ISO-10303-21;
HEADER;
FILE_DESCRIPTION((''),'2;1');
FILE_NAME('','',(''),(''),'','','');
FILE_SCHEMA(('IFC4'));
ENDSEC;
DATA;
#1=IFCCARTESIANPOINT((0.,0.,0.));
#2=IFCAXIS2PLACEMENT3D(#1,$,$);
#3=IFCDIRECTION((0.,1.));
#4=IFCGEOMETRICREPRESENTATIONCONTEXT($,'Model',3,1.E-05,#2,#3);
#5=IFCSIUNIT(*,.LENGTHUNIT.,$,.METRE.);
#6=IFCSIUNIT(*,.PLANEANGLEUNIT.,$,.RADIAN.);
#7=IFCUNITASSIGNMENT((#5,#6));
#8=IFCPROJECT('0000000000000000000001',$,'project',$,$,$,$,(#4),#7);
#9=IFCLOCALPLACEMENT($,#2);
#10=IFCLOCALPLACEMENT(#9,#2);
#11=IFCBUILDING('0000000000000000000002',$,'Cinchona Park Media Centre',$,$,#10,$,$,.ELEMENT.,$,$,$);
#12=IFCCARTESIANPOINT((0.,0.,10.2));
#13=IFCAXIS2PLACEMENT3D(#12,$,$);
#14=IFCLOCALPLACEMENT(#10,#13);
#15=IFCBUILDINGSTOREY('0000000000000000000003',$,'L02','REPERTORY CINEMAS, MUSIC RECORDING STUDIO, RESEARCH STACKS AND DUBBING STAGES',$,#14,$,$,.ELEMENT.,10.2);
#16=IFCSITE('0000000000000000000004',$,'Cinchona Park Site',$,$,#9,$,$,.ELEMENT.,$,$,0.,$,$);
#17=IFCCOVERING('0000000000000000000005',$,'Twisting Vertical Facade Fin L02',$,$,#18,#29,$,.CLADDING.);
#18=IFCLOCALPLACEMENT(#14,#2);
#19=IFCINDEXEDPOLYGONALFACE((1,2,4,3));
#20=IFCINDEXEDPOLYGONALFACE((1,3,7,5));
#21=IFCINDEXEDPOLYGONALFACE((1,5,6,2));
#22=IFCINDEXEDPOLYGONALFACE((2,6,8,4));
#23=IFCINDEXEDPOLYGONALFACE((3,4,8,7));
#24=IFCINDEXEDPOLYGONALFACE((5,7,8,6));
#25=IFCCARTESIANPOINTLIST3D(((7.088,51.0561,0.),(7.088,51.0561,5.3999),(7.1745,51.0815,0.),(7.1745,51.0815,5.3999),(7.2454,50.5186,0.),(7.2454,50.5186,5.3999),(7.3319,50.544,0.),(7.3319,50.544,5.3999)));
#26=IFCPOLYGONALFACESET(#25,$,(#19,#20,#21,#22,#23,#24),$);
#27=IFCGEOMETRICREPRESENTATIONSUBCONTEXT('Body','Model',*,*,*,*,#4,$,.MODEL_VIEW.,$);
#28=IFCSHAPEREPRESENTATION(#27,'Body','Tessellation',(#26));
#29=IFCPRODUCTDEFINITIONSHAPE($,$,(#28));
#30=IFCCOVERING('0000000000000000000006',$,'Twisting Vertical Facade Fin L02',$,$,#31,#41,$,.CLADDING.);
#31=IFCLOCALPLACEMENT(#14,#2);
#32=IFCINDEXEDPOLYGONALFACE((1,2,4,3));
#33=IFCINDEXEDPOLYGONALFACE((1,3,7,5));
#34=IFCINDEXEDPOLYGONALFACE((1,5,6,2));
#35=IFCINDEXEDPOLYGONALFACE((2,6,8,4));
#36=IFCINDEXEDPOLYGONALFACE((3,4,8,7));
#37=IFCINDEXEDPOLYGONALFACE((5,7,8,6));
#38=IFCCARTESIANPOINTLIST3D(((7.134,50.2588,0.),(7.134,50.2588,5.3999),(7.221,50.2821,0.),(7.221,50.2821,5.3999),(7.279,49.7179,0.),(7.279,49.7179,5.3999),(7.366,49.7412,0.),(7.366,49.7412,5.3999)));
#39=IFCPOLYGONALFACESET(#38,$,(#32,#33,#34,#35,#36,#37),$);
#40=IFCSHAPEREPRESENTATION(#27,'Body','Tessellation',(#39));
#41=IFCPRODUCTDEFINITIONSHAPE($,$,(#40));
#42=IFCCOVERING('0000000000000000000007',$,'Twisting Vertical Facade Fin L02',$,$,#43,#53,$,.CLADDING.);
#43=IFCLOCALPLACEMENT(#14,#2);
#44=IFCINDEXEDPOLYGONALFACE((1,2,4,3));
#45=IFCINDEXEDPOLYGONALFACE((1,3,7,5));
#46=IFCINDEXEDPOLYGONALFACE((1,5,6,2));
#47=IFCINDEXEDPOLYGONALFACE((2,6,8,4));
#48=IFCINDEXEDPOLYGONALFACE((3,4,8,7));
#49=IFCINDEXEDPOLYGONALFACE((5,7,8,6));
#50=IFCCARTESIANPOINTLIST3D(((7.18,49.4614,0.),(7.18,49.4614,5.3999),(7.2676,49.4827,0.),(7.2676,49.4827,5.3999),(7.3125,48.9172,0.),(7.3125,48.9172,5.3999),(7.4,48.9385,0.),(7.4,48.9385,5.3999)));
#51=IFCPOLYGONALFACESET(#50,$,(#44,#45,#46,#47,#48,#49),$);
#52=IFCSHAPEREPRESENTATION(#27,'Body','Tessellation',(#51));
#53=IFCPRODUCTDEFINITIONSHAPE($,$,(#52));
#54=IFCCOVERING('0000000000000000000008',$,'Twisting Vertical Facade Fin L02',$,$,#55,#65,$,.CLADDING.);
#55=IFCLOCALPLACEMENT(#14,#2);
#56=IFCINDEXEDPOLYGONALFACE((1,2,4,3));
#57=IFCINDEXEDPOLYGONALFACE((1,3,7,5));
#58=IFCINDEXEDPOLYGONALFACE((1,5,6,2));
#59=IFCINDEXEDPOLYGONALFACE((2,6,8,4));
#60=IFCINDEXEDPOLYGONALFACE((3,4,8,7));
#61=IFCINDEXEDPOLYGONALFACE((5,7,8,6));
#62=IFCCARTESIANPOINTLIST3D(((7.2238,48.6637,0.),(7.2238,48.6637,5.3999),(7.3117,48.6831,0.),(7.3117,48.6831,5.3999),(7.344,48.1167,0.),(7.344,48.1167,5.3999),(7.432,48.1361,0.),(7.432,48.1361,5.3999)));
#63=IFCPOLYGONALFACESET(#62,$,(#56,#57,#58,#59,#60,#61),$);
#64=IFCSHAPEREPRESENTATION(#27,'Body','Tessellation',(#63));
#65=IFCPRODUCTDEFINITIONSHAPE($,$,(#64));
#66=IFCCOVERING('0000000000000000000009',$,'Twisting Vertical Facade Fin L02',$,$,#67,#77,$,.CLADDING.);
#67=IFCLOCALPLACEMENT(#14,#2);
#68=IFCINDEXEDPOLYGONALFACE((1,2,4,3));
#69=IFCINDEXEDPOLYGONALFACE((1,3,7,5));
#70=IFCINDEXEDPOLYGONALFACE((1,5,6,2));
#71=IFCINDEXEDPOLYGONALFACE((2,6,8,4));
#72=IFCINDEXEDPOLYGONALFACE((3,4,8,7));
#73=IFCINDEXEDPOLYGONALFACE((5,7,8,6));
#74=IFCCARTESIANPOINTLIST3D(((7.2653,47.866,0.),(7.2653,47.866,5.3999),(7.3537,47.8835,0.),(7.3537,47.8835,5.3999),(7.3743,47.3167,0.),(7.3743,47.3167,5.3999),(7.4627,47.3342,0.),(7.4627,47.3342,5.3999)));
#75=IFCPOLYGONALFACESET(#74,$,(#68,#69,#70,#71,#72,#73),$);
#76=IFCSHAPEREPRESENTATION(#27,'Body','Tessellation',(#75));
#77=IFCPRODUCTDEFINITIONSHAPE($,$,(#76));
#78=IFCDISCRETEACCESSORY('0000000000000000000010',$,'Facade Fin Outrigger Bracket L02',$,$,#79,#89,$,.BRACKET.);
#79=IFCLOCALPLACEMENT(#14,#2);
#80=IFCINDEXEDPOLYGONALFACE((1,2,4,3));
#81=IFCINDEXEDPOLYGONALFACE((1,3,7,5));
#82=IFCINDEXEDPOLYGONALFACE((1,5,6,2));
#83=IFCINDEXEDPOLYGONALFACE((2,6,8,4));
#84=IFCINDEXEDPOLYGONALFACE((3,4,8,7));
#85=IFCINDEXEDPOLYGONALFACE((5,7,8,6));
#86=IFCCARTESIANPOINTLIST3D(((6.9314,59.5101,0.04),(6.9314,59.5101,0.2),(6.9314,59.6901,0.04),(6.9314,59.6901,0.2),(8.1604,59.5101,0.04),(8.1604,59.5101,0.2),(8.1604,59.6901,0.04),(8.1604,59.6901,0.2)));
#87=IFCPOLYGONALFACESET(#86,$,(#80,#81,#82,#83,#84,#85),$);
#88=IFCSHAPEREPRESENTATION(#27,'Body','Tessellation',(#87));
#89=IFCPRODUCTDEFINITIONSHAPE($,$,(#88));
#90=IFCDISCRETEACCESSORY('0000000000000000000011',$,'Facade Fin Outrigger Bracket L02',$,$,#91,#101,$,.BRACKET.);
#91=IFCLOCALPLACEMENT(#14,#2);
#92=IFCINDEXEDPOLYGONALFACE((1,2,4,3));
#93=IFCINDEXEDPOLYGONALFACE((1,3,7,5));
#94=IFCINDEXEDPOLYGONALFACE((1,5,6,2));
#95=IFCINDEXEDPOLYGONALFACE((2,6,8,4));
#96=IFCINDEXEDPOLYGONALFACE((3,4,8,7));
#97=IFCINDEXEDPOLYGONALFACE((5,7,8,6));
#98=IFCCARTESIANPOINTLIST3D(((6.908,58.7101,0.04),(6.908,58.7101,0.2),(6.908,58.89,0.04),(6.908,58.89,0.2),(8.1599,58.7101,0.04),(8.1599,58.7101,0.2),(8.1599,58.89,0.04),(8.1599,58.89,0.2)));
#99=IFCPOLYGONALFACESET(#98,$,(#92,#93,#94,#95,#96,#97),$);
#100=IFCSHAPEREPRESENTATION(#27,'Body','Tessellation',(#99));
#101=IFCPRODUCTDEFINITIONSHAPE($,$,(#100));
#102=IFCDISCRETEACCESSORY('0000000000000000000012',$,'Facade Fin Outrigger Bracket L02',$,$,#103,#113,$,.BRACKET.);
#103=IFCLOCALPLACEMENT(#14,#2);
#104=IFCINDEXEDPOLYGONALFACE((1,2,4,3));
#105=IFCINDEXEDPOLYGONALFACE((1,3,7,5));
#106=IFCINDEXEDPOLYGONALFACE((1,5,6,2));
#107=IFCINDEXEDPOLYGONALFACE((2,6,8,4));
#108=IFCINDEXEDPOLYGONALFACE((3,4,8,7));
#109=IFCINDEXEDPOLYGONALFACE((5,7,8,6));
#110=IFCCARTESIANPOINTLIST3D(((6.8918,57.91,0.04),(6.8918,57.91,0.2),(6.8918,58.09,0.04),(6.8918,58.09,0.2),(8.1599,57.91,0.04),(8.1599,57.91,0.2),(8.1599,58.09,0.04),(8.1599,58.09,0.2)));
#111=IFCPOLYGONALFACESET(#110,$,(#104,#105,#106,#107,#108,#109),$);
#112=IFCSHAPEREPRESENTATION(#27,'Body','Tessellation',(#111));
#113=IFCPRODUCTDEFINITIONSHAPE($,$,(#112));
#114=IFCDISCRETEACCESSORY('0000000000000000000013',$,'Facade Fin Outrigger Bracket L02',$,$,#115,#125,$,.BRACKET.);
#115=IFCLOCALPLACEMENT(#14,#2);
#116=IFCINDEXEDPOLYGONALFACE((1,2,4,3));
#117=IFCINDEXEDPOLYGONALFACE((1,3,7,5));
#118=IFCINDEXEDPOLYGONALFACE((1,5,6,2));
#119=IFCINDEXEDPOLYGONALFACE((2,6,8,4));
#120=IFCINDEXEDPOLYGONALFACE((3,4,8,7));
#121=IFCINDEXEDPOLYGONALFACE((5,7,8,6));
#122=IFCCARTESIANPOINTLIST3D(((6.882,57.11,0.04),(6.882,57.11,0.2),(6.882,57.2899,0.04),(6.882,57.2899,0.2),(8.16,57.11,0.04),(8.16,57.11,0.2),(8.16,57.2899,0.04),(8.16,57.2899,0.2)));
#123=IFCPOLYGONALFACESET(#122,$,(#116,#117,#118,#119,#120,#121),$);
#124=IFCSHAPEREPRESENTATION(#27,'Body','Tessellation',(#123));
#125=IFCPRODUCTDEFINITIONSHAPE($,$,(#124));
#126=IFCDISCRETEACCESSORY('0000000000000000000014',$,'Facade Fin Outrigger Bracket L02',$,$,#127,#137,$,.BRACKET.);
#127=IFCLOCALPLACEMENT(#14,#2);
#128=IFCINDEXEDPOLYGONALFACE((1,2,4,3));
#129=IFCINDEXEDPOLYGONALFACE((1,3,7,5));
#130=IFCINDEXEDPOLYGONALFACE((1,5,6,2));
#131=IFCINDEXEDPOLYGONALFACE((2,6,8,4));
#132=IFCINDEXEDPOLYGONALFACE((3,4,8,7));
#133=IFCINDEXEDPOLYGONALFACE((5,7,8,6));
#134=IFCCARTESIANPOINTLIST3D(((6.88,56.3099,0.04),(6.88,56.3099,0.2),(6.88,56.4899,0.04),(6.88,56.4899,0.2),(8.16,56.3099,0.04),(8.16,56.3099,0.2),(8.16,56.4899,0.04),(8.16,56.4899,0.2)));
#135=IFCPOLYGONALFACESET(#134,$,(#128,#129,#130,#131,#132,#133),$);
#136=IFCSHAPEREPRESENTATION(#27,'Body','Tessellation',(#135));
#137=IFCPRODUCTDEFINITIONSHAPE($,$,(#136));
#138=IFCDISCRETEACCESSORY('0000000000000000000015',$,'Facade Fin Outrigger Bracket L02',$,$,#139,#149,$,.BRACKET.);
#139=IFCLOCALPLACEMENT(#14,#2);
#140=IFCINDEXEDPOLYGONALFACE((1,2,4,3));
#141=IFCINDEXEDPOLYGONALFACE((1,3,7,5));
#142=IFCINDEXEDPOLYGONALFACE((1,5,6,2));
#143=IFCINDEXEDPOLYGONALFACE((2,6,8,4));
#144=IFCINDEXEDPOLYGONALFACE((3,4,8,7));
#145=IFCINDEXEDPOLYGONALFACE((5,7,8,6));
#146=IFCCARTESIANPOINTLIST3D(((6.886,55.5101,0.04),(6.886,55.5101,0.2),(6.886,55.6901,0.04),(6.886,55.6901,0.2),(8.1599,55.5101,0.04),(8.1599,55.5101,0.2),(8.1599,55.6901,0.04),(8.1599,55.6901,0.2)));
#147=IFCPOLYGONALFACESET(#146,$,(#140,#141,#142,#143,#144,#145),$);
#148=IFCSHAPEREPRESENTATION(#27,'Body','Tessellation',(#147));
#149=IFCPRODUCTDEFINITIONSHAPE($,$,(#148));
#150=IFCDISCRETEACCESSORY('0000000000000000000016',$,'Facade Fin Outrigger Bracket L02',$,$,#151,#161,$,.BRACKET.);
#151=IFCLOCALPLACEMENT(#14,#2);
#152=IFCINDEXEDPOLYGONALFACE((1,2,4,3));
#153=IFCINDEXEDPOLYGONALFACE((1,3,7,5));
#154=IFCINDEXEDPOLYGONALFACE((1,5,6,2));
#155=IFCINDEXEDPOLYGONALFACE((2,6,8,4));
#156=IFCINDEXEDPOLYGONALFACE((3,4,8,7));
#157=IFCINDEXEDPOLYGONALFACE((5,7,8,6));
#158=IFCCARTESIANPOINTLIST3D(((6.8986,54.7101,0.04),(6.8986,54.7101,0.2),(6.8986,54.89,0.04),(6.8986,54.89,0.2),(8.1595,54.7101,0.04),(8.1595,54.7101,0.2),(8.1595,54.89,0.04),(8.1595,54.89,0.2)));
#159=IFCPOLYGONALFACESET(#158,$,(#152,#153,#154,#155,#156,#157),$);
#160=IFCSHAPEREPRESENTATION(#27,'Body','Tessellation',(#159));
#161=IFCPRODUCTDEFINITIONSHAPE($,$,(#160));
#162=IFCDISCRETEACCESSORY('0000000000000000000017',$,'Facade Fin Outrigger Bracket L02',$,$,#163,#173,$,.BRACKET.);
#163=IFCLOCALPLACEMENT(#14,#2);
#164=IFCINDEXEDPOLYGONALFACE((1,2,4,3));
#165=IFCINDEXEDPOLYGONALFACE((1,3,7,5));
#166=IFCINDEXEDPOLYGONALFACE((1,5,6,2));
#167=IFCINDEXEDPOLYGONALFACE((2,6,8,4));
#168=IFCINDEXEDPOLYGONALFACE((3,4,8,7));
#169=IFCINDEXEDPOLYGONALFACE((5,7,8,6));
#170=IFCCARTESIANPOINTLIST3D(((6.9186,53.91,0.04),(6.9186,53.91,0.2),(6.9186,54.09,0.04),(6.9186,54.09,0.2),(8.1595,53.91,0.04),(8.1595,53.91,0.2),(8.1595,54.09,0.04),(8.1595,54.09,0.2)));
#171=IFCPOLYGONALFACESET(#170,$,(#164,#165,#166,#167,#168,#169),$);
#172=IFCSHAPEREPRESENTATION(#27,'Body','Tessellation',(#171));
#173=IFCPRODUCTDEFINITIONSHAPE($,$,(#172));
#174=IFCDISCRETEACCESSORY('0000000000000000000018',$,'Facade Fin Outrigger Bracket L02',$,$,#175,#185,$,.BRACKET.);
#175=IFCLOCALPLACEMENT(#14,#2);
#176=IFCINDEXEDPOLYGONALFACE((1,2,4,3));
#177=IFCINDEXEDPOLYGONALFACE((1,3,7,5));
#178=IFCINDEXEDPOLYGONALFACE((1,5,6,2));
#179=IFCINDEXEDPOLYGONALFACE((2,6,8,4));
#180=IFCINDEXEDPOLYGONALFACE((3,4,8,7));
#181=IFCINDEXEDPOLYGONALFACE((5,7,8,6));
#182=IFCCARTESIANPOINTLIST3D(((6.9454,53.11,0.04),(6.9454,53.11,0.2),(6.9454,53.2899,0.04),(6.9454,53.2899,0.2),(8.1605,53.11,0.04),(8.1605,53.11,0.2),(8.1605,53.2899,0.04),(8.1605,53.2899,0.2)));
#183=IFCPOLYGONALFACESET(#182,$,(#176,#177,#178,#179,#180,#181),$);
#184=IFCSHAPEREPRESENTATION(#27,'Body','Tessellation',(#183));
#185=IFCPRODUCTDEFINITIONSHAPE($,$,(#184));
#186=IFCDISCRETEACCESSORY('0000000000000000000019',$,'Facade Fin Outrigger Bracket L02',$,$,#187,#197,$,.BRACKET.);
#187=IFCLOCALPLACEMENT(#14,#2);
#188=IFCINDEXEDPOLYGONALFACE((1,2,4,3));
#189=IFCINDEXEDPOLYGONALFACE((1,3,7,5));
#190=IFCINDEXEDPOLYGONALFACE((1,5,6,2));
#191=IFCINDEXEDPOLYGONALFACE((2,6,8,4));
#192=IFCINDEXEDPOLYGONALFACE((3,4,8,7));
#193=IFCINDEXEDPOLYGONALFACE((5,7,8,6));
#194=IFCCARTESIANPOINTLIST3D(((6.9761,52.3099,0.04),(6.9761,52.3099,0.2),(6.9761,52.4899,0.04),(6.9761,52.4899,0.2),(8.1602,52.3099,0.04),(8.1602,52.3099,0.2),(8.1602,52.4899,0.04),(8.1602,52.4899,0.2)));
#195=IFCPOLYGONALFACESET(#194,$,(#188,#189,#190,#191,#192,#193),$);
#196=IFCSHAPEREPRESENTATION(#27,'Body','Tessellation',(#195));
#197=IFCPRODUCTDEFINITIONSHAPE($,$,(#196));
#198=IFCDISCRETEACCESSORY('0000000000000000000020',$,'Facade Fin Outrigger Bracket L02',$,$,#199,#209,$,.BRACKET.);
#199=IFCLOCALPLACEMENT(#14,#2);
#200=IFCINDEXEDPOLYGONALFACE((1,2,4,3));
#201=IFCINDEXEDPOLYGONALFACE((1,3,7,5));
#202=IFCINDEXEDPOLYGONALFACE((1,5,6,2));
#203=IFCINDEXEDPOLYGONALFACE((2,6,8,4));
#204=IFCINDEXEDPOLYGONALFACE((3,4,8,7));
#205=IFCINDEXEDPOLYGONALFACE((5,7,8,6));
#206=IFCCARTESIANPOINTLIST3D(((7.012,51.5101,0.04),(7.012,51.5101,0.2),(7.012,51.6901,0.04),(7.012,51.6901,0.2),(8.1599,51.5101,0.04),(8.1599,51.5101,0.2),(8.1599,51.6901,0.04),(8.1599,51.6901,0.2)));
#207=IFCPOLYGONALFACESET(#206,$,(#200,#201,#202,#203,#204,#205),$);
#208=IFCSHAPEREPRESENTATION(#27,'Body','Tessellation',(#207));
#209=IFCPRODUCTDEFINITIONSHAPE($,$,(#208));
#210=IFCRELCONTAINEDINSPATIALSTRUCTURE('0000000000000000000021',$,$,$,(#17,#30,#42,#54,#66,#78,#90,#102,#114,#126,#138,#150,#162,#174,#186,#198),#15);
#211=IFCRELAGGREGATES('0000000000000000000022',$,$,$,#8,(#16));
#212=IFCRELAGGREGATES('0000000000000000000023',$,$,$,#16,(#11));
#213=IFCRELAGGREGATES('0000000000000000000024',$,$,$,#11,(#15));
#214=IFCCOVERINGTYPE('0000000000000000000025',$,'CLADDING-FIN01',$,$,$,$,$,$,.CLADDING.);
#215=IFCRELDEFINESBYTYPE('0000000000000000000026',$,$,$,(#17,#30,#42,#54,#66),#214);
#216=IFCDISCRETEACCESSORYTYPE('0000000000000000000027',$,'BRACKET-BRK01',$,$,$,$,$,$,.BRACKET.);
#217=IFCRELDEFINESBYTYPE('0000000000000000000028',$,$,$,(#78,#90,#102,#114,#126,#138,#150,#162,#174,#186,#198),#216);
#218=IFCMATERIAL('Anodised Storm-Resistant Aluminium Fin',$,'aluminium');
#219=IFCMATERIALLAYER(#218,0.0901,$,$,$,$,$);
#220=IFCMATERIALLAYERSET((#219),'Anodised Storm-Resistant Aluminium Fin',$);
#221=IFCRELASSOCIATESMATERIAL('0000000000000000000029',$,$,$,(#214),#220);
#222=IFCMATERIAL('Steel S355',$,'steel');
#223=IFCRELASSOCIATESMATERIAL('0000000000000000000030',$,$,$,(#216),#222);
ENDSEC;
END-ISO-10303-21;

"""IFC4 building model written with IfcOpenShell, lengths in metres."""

from ifc_helpers import new_model, si_unit, direction, frame, origin, origin_2d, place, context, subcontext, project, spatial, rectangle, extrude, material, layer, layer_set, type_object, element, save


model = new_model("IFC4")

# Units and contexts
model_context = context("Model", 3, precision=1e-05, world=origin(), true_north=direction((0.0, 1.0)))
body_context = subcontext(model_context, "Body", "Model", "MODEL_VIEW")
ifc_project = project(units=[si_unit("LENGTHUNIT", "METRE"), si_unit("PLANEANGLEUNIT", "RADIAN")], contexts=[model_context])

# Site, building, storey
site_placement = place(None, origin())
site = spatial("IfcSite", under=ifc_project, at=site_placement, Name="Cinchona Park Site", CompositionType="ELEMENT", RefElevation=0.0)
building_placement = place(site_placement, origin())
building = spatial("IfcBuilding", under=site, at=building_placement, Name="Cinchona Park Media Centre", CompositionType="ELEMENT")
storey_placement = place(building_placement, frame((0.0, 0.0, 10.2)))
storey = spatial("IfcBuildingStorey", under=building, at=storey_placement, Name="L02", Description="REPERTORY CINEMAS, MUSIC RECORDING STUDIO, RESEARCH STACKS AND DUBBING STAGES", CompositionType="ELEMENT", Elevation=10.2)

# Coverings
ifc_material_1 = material(Name="Anodised Storm-Resistant Aluminium Fin", Category="aluminium")
ifc_layer = layer(ifc_material_1, 0.0901)
ifc_layer_set = layer_set([ifc_layer], Name="Anodised Storm-Resistant Aluminium Fin")
covering_type = type_object("IfcCoveringType", Name="CLADDING-FIN01", PredefinedType="CLADDING", material=ifc_layer_set)
for number, where, z_axis, x_axis, name in (
    (1, (7.21, 50.8, 0.0), (0.0, 0.0, 1.0), (0.281002, -0.959707, 0.0), "Twisting Vertical Facade Fin L02"),
    (2, (7.25, 50.0, 0.0), (0.0, 0.0, 1.0), (0.258819, -0.965926, 0.0), "Twisting Vertical Facade Fin L02"),
    (3, (7.29, 49.2, 0.0), (0.0, 0.0, 1.0), (0.236499, -0.971632, 0.0), "Twisting Vertical Facade Fin L02"),
    (4, (7.3279, 48.3999, 0.0), (0.0, 0.0, 1.0), (0.214735, -0.976672, 0.0), "Twisting Vertical Facade Fin L02"),
    (5, (7.364, 47.6001, 0.0), (0.0, 0.0, 1.0), (0.194577, -0.980887, 0.0), "Twisting Vertical Facade Fin L02"),
):
    element("IfcCovering", number, at=place(storey_placement, frame(where, z_axis=z_axis, x_axis=x_axis)), inside=storey, type_object=covering_type, Name=name, PredefinedType="CLADDING", context=body_context, shape_type="SweptSolid", body=[
        extrude(rectangle(XDim=0.5601, YDim=0.0901, at=origin_2d()), origin(), (0.0, 0.0, 1.0), 5.3999),
    ])

# Discrete accessories
ifc_material_2 = material(Name="Steel S355", Category="steel")
discrete_accessory_type = type_object("IfcDiscreteAccessoryType", Name="BRACKET-BRK01", PredefinedType="BRACKET", material=ifc_material_2)
discrete_accessory_1_placement = place(storey_placement, frame((7.5459, 59.6001, 0.04), z_axis=(0.0, 0.0, 1.0), x_axis=(0.0, -1.0, 0.0)))
element("IfcDiscreteAccessory", 6, at=discrete_accessory_1_placement, inside=storey, type_object=discrete_accessory_type, Name="Facade Fin Outrigger Bracket L02", PredefinedType="BRACKET", context=body_context, shape_type="SweptSolid", body=[
    extrude(rectangle(XDim=0.1799, YDim=1.229, at=origin_2d()), origin(), (0.0, 0.0, 1.0), 0.1599),
])
discrete_accessory_2_placement = place(storey_placement, frame((7.5339, 58.8, 0.04), z_axis=(0.0, 0.0, 1.0), x_axis=(0.0, -1.0, 0.0)))
element("IfcDiscreteAccessory", 7, at=discrete_accessory_2_placement, inside=storey, type_object=discrete_accessory_type, Name="Facade Fin Outrigger Bracket L02", PredefinedType="BRACKET", context=body_context, shape_type="SweptSolid", body=[
    extrude(rectangle(XDim=0.1799, YDim=1.252, at=origin_2d()), origin(), (0.0, 0.0, 1.0), 0.1599),
])
discrete_accessory_3_placement = place(storey_placement, frame((7.5259, 58.0, 0.04), z_axis=(0.0, 0.0, 1.0), x_axis=(0.0, -1.0, 0.0)))
element("IfcDiscreteAccessory", 8, at=discrete_accessory_3_placement, inside=storey, type_object=discrete_accessory_type, Name="Facade Fin Outrigger Bracket L02", PredefinedType="BRACKET", context=body_context, shape_type="SweptSolid", body=[
    extrude(rectangle(XDim=0.1799, YDim=1.2681, at=origin_2d()), origin(), (0.0, 0.0, 1.0), 0.1599),
])
discrete_accessory_4_placement = place(storey_placement, frame((7.521, 57.2, 0.04), z_axis=(0.0, 0.0, 1.0), x_axis=(0.0, -1.0, 0.0)))
element("IfcDiscreteAccessory", 9, at=discrete_accessory_4_placement, inside=storey, type_object=discrete_accessory_type, Name="Facade Fin Outrigger Bracket L02", PredefinedType="BRACKET", context=body_context, shape_type="SweptSolid", body=[
    extrude(rectangle(XDim=0.1799, YDim=1.2781, at=origin_2d()), origin(), (0.0, 0.0, 1.0), 0.1599),
])
discrete_accessory_5_placement = place(storey_placement, frame((7.52, 56.3999, 0.04), z_axis=(0.0, 0.0, 1.0), x_axis=(0.0, -1.0, 0.0)))
element("IfcDiscreteAccessory", 10, at=discrete_accessory_5_placement, inside=storey, type_object=discrete_accessory_type, Name="Facade Fin Outrigger Bracket L02", PredefinedType="BRACKET", context=body_context, shape_type="SweptSolid", body=[
    extrude(rectangle(XDim=0.1799, YDim=1.28, at=origin_2d()), origin(), (0.0, 0.0, 1.0), 0.1599),
])
discrete_accessory_6_placement = place(storey_placement, frame((7.5229, 55.6001, 0.04), z_axis=(0.0, 0.0, 1.0), x_axis=(0.0, -1.0, 0.0)))
element("IfcDiscreteAccessory", 11, at=discrete_accessory_6_placement, inside=storey, type_object=discrete_accessory_type, Name="Facade Fin Outrigger Bracket L02", PredefinedType="BRACKET", context=body_context, shape_type="SweptSolid", body=[
    extrude(rectangle(XDim=0.1799, YDim=1.2739, at=origin_2d()), origin(), (0.0, 0.0, 1.0), 0.1599),
])
discrete_accessory_7_placement = place(storey_placement, frame((7.5291, 54.8, 0.04), z_axis=(0.0, 0.0, 1.0), x_axis=(0.0, -1.0, 0.0)))
element("IfcDiscreteAccessory", 12, at=discrete_accessory_7_placement, inside=storey, type_object=discrete_accessory_type, Name="Facade Fin Outrigger Bracket L02", PredefinedType="BRACKET", context=body_context, shape_type="SweptSolid", body=[
    extrude(rectangle(XDim=0.1799, YDim=1.261, at=origin_2d()), origin(), (0.0, 0.0, 1.0), 0.1599),
])
discrete_accessory_8_placement = place(storey_placement, frame((7.5391, 54.0, 0.04), z_axis=(0.0, 0.0, 1.0), x_axis=(0.0, -1.0, 0.0)))
element("IfcDiscreteAccessory", 13, at=discrete_accessory_8_placement, inside=storey, type_object=discrete_accessory_type, Name="Facade Fin Outrigger Bracket L02", PredefinedType="BRACKET", context=body_context, shape_type="SweptSolid", body=[
    extrude(rectangle(XDim=0.1799, YDim=1.241, at=origin_2d()), origin(), (0.0, 0.0, 1.0), 0.1599),
])
discrete_accessory_9_placement = place(storey_placement, frame((7.553, 53.2, 0.04), z_axis=(0.0, 0.0, 1.0), x_axis=(0.0, -1.0, 0.0)))
element("IfcDiscreteAccessory", 14, at=discrete_accessory_9_placement, inside=storey, type_object=discrete_accessory_type, Name="Facade Fin Outrigger Bracket L02", PredefinedType="BRACKET", context=body_context, shape_type="SweptSolid", body=[
    extrude(rectangle(XDim=0.1799, YDim=1.2151, at=origin_2d()), origin(), (0.0, 0.0, 1.0), 0.1599),
])
discrete_accessory_10_placement = place(storey_placement, frame((7.5681, 52.3999, 0.04), z_axis=(0.0, 0.0, 1.0), x_axis=(0.0, -1.0, 0.0)))
element("IfcDiscreteAccessory", 15, at=discrete_accessory_10_placement, inside=storey, type_object=discrete_accessory_type, Name="Facade Fin Outrigger Bracket L02", PredefinedType="BRACKET", context=body_context, shape_type="SweptSolid", body=[
    extrude(rectangle(XDim=0.1799, YDim=1.1841, at=origin_2d()), origin(), (0.0, 0.0, 1.0), 0.1599),
])
discrete_accessory_11_placement = place(storey_placement, frame((7.5859, 51.6001, 0.04), z_axis=(0.0, 0.0, 1.0), x_axis=(0.0, -1.0, 0.0)))
element("IfcDiscreteAccessory", 16, at=discrete_accessory_11_placement, inside=storey, type_object=discrete_accessory_type, Name="Facade Fin Outrigger Bracket L02", PredefinedType="BRACKET", context=body_context, shape_type="SweptSolid", body=[
    extrude(rectangle(XDim=0.1799, YDim=1.1479, at=origin_2d()), origin(), (0.0, 0.0, 1.0), 0.1599),
])

save(model, "model.ifc")
